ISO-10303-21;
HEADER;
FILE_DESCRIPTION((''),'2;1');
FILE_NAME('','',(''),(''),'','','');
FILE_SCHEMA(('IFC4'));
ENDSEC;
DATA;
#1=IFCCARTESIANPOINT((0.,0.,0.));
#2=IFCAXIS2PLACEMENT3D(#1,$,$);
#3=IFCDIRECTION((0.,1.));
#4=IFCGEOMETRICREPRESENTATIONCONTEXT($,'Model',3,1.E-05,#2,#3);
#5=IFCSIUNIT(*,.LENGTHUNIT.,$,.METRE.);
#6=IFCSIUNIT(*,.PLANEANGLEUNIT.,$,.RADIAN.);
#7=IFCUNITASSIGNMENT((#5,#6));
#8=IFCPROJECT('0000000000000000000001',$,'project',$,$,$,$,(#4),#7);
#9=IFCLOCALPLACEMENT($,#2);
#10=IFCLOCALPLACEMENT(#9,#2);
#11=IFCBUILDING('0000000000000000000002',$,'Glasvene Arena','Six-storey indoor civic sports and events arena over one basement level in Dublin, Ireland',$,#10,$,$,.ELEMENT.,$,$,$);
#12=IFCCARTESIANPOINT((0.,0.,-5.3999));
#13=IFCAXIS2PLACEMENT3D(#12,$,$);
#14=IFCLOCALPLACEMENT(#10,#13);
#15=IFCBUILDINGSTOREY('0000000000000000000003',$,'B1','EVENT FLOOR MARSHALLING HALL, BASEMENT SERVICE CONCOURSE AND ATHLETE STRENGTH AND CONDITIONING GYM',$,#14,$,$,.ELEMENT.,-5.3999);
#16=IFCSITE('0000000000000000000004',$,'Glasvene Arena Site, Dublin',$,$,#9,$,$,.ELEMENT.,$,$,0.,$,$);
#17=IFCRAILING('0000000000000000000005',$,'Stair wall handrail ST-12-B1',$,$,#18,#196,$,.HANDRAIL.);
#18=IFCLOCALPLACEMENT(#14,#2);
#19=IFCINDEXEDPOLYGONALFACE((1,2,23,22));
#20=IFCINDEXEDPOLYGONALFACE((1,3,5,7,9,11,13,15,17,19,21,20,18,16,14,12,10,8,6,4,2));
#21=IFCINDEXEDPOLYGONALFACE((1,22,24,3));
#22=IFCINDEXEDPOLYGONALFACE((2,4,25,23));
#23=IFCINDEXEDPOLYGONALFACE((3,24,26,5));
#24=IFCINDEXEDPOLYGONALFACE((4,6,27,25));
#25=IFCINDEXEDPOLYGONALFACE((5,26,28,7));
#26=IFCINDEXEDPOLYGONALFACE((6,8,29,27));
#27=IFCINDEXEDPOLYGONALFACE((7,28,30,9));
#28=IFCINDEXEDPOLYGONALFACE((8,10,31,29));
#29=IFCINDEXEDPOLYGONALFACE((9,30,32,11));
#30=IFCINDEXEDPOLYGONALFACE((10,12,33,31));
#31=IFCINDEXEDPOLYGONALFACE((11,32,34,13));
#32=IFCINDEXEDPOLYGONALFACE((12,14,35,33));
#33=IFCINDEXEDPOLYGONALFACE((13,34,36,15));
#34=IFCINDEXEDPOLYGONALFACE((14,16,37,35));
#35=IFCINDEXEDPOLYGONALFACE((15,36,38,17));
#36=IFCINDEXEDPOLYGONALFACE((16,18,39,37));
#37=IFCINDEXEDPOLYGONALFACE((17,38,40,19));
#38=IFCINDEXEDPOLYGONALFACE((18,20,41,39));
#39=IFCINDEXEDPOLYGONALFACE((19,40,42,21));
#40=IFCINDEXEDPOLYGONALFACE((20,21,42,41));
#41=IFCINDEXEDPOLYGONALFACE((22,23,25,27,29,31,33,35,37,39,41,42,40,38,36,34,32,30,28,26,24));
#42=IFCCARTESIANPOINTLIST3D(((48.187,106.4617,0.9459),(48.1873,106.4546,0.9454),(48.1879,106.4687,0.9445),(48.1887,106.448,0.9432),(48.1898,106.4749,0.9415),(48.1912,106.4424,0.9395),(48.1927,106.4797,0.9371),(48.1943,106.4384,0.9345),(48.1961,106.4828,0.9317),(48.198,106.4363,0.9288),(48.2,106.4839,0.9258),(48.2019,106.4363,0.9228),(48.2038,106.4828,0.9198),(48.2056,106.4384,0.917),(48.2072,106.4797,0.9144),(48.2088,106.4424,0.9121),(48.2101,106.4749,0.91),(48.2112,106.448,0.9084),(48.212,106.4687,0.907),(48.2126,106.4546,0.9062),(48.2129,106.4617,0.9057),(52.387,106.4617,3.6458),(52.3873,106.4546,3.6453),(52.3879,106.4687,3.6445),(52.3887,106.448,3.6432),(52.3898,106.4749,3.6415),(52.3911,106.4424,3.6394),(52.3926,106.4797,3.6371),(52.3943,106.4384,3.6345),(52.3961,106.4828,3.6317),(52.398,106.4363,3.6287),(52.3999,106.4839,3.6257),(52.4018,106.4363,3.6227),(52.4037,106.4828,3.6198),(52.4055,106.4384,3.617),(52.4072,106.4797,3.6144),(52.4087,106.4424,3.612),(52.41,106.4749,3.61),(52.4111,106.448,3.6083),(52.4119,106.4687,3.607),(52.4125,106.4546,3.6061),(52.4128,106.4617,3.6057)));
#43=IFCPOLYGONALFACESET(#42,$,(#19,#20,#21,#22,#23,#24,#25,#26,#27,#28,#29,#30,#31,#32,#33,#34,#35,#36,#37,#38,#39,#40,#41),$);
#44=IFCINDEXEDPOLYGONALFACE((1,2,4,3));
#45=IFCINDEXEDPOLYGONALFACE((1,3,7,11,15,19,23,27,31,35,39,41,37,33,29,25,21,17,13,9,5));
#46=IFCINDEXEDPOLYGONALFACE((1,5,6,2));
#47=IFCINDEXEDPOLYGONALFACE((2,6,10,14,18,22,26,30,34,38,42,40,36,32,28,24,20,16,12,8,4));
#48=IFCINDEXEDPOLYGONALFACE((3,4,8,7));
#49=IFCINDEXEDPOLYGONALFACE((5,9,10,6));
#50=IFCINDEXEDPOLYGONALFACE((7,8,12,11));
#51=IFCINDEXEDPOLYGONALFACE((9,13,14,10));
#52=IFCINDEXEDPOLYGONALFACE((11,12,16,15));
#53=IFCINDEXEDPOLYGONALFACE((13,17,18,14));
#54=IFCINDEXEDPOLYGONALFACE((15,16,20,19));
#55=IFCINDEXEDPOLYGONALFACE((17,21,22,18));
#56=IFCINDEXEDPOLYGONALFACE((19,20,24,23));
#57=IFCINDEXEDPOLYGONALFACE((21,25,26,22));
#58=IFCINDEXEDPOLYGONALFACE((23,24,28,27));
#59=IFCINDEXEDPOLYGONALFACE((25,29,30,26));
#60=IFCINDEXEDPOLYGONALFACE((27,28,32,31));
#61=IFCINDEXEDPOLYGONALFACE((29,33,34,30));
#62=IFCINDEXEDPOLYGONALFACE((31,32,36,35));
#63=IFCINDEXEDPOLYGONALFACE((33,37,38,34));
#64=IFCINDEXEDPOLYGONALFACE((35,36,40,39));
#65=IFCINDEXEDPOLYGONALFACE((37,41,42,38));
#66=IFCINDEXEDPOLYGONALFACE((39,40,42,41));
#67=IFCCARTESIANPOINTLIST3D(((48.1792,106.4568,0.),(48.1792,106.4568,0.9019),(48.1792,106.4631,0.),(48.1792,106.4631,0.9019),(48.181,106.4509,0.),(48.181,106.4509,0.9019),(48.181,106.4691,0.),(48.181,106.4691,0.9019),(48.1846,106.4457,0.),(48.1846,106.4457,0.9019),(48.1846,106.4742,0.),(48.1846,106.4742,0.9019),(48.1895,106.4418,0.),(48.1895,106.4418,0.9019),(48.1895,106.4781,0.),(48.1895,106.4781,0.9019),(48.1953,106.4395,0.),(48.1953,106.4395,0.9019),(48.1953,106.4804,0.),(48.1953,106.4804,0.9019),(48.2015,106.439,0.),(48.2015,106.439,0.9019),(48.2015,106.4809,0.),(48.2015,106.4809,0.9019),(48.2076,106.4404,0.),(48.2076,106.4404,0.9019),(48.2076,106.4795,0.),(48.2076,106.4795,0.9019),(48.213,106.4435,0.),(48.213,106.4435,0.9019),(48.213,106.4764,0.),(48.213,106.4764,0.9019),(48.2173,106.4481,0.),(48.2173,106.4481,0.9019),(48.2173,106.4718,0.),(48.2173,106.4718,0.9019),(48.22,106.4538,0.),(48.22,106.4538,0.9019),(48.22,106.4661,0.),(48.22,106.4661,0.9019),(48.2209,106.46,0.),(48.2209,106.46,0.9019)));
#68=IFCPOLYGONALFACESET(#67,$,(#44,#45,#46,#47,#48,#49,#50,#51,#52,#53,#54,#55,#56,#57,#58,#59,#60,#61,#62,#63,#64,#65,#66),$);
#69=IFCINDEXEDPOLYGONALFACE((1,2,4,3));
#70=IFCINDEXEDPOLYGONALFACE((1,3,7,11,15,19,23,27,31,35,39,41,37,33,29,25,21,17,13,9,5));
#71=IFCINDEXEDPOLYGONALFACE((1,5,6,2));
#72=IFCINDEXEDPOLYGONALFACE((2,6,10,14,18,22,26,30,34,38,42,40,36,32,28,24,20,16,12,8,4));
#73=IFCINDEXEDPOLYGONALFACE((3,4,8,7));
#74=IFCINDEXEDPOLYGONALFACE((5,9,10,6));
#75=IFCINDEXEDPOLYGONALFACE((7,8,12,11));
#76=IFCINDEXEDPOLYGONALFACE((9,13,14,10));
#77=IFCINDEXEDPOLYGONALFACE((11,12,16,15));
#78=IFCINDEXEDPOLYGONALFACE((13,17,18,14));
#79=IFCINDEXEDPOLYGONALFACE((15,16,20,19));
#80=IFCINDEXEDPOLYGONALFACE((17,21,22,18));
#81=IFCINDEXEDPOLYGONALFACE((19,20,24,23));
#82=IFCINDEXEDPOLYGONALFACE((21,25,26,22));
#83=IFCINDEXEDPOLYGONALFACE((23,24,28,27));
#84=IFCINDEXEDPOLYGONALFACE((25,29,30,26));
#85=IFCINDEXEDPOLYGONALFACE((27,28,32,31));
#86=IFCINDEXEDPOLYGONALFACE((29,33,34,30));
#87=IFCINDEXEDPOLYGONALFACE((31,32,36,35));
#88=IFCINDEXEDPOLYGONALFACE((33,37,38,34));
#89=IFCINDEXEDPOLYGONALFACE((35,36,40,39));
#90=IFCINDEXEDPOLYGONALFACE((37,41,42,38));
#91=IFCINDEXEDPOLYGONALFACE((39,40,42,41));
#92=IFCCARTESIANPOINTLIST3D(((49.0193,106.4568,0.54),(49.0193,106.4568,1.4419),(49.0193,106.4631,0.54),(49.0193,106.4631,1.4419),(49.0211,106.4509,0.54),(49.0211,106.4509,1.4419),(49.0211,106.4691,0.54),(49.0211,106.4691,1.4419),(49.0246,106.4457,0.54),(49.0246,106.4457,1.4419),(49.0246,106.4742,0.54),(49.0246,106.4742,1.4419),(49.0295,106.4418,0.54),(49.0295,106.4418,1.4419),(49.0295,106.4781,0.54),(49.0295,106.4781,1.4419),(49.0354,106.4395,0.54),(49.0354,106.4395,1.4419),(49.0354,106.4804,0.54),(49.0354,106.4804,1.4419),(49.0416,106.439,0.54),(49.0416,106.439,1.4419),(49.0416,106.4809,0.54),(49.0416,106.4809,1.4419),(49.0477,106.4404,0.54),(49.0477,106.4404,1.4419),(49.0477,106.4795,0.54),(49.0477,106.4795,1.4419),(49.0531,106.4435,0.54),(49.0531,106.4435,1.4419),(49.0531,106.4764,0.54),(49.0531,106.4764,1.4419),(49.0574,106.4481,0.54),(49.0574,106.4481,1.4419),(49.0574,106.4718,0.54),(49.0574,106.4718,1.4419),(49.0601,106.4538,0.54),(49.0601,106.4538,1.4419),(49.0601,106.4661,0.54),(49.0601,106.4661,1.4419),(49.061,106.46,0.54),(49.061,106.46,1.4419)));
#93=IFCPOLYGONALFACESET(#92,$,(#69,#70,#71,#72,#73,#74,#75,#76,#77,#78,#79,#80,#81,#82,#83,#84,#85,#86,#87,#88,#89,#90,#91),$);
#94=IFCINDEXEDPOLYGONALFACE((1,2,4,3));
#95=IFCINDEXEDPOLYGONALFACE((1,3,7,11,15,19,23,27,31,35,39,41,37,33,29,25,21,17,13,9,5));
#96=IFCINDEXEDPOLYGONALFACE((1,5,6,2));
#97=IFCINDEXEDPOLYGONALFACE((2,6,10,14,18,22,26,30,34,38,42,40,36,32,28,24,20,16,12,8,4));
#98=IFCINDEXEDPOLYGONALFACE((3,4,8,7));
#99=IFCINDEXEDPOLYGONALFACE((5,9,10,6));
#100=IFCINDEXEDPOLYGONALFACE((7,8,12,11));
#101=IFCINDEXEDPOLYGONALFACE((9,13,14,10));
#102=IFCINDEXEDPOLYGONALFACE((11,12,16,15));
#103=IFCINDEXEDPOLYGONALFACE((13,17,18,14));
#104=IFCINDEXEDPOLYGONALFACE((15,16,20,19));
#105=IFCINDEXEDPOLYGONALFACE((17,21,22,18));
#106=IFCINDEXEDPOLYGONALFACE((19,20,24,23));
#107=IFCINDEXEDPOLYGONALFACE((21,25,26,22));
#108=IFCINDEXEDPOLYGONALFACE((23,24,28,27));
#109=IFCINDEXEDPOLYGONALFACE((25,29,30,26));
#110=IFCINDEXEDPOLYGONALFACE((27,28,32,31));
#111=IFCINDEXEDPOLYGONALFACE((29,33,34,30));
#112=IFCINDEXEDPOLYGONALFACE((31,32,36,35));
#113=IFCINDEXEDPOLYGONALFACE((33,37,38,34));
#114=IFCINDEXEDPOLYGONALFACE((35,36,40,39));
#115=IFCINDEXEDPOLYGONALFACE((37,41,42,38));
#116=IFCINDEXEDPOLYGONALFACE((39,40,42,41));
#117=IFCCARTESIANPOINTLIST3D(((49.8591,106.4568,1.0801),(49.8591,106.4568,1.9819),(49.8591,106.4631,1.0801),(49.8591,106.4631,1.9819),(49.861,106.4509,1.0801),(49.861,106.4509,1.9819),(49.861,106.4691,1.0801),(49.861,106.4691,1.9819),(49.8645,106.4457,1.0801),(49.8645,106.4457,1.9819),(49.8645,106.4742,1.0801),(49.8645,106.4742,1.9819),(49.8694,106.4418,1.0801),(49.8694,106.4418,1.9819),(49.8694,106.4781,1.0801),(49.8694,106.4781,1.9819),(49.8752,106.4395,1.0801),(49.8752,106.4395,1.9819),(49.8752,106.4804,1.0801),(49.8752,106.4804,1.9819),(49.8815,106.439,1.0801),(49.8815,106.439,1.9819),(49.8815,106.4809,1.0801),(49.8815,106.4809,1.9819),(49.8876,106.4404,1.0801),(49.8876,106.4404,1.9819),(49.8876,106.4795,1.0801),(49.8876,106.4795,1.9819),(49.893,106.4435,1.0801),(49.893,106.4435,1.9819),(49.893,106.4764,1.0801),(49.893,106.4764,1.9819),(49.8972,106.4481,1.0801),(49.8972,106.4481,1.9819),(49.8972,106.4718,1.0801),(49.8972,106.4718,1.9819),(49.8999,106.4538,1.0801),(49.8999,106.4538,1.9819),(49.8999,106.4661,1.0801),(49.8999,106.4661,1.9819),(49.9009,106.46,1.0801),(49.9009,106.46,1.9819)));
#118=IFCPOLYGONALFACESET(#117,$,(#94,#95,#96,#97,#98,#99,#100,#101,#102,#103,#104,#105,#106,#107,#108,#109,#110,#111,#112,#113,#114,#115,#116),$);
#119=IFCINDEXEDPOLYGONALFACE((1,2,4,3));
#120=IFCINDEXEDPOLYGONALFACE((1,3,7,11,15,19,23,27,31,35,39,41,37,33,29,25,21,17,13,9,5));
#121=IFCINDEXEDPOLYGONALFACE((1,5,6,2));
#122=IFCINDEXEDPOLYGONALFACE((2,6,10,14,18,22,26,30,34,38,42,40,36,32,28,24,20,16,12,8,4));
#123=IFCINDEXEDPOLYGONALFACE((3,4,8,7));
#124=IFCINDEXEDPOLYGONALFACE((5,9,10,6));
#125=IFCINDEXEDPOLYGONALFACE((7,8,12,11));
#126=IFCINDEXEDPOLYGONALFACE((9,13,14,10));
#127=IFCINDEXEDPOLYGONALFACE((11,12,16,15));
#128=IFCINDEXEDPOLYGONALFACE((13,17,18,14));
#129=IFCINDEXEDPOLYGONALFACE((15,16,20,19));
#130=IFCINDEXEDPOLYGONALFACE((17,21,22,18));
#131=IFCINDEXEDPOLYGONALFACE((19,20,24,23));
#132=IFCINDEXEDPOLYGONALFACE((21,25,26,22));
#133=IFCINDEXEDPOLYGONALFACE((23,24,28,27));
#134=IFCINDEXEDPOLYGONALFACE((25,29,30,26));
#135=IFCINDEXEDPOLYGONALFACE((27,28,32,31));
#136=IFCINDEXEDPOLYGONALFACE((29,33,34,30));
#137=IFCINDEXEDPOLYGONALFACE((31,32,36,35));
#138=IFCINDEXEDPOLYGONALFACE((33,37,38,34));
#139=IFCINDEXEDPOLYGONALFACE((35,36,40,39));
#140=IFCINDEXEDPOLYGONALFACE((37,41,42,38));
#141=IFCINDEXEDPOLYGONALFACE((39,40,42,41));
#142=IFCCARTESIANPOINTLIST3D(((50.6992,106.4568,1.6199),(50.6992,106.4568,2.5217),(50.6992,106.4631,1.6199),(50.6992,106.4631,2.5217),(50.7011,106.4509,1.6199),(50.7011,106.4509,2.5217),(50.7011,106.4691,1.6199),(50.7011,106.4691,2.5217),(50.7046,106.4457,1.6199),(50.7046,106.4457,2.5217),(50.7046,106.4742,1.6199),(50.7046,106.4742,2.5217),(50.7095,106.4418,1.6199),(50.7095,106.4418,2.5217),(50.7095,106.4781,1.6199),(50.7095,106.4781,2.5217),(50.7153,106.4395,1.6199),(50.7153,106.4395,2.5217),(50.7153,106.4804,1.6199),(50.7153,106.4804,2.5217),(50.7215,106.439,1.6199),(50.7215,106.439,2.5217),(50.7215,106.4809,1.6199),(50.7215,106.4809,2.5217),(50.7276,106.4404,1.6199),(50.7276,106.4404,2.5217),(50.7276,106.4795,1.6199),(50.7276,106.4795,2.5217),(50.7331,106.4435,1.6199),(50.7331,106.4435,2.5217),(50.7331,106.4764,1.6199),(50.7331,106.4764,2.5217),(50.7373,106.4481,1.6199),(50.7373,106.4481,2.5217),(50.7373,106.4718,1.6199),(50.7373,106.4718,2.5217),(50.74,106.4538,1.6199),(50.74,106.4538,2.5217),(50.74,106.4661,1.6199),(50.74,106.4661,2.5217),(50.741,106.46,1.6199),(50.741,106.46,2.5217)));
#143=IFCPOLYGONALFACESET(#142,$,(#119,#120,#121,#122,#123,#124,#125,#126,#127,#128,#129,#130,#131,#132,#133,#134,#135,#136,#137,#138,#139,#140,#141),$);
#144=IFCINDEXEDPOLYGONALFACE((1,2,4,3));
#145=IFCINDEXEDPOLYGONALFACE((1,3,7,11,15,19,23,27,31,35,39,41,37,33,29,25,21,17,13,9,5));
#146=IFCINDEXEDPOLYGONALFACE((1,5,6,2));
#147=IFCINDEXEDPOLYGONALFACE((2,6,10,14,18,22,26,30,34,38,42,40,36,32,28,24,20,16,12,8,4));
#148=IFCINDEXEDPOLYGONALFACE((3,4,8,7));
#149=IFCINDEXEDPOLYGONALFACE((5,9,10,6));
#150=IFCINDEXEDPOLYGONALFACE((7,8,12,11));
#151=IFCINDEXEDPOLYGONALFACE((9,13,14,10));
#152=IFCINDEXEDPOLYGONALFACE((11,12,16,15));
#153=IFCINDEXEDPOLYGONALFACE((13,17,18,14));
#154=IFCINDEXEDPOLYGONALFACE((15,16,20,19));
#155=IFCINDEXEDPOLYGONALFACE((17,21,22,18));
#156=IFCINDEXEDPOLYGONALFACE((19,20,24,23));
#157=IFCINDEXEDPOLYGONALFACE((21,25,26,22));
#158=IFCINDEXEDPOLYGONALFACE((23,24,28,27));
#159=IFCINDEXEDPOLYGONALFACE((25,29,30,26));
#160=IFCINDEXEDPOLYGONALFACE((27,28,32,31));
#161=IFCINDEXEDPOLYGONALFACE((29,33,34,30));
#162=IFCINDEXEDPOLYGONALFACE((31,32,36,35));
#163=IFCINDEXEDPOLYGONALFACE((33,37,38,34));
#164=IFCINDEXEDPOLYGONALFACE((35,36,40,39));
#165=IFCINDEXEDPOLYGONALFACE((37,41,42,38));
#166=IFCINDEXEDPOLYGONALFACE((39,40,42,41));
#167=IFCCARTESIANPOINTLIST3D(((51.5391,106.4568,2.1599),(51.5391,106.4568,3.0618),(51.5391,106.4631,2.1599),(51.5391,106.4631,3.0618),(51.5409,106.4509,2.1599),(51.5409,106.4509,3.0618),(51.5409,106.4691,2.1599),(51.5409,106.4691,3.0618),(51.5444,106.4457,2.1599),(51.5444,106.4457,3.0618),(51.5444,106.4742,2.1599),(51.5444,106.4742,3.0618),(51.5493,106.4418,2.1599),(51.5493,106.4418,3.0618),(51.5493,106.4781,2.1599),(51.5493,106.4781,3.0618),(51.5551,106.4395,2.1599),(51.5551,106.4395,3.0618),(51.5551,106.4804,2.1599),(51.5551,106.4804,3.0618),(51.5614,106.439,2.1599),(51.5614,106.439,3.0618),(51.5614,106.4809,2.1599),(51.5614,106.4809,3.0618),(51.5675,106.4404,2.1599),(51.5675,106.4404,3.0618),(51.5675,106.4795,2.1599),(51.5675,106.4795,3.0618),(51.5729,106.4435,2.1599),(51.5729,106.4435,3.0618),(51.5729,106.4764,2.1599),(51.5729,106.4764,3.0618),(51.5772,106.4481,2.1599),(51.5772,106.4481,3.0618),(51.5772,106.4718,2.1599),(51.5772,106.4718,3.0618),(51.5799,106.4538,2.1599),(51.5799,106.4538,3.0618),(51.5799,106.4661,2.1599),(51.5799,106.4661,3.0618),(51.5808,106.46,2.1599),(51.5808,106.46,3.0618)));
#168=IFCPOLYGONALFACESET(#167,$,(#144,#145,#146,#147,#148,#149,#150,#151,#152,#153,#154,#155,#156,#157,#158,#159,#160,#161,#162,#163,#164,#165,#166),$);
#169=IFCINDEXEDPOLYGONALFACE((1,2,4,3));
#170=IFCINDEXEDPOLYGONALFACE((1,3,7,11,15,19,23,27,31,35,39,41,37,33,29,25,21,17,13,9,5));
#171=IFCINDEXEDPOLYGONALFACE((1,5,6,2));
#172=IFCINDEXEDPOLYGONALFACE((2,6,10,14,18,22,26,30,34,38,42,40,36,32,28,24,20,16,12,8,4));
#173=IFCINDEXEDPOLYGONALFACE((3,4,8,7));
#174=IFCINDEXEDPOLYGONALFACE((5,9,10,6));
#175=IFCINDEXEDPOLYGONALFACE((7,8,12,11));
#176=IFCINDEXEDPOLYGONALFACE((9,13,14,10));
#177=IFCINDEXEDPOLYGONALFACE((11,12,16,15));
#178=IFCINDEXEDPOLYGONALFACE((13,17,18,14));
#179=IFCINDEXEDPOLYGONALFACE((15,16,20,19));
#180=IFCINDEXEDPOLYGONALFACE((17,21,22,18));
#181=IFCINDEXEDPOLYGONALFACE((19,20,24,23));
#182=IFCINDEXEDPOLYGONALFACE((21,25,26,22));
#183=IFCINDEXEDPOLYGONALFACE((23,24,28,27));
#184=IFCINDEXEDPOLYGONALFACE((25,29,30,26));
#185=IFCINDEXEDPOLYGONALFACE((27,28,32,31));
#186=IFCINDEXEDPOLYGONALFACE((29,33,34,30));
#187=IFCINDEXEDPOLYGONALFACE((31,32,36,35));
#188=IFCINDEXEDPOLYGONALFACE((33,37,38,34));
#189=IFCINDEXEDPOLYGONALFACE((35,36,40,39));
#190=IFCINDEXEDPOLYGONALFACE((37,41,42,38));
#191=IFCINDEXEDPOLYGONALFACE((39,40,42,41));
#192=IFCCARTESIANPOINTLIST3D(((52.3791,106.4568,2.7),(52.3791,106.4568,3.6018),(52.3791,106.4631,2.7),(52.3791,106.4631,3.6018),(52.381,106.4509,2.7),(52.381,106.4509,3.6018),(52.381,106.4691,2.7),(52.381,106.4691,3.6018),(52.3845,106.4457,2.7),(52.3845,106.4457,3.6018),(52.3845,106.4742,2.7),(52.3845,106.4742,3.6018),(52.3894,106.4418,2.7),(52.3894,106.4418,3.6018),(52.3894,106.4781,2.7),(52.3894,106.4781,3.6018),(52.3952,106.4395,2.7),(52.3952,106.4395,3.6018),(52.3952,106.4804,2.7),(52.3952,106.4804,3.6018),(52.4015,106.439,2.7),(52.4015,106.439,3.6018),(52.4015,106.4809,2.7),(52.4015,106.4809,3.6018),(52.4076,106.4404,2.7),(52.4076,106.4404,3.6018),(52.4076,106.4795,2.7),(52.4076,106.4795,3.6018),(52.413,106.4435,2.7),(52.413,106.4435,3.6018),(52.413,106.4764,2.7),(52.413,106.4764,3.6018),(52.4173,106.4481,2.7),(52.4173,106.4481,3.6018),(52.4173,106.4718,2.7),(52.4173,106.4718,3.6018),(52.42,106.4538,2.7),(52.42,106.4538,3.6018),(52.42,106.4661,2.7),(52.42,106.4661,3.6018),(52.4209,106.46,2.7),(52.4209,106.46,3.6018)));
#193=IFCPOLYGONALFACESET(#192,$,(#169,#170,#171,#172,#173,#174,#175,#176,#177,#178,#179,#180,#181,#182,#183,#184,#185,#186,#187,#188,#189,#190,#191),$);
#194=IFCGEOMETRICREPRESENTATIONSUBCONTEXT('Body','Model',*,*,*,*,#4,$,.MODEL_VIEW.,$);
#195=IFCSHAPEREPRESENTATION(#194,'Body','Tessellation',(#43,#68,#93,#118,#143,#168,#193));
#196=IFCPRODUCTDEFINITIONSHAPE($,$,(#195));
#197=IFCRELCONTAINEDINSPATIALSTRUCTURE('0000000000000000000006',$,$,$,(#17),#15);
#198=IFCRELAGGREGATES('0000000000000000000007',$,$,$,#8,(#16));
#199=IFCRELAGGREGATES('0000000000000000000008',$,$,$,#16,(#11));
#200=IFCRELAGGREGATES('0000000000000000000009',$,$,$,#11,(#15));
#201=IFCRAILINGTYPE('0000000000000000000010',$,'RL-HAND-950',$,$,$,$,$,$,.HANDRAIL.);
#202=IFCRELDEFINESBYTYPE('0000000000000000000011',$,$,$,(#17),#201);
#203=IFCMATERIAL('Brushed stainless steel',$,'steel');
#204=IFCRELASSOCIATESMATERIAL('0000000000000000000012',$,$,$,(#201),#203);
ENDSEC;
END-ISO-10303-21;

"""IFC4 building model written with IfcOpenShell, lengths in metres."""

from ifc_helpers import new_model, si_unit, direction, frame, origin, origin_2d, place, context, subcontext, project, spatial, circle, extrude, material, type_object, element, save


model = new_model("IFC4")

# Units and contexts
model_context = context("Model", 3, precision=1e-05, world=origin(), true_north=direction((0.0, 1.0)))
body_context = subcontext(model_context, "Body", "Model", "MODEL_VIEW")
ifc_project = project(units=[si_unit("LENGTHUNIT", "METRE"), si_unit("PLANEANGLEUNIT", "RADIAN")], contexts=[model_context])

# Site, building, storey
site_placement = place(None, origin())
site = spatial("IfcSite", under=ifc_project, at=site_placement, Name="Glasvene Arena Site, Dublin", CompositionType="ELEMENT", RefElevation=0.0)
building_placement = place(site_placement, origin())
building = spatial("IfcBuilding", under=site, at=building_placement, Name="Glasvene Arena", Description="Six-storey indoor civic sports and events arena over one basement level in Dublin, Ireland", CompositionType="ELEMENT")
storey_placement = place(building_placement, frame((0.0, 0.0, -5.3999)))
storey = spatial("IfcBuildingStorey", under=building, at=storey_placement, Name="B1", Description="EVENT FLOOR MARSHALLING HALL, BASEMENT SERVICE CONCOURSE AND ATHLETE STRENGTH AND CONDITIONING GYM", CompositionType="ELEMENT", Elevation=-5.3999)

# Railing
ifc_material_1 = material(Name="Brushed stainless steel", Category="steel")
railing_type_1 = type_object("IfcRailingType", Name="RL-HAND-950", PredefinedType="HANDRAIL", material=ifc_material_1)
railing_1_placement = place(storey_placement, frame((48.2, 106.46, 0.0)))
element("IfcRailing", 1, at=railing_1_placement, inside=storey, type_object=railing_type_1, Name="Stair wall handrail ST-12-B1", PredefinedType="HANDRAIL", context=body_context, shape_type="SweptSolid", body=[
    extrude(circle(Radius=0.0239, at=origin_2d()), frame((0.0, 0.0, 0.9258), z_axis=(0.84118, 0.0, 0.540755), x_axis=(0.0, 1.0, 0.0)), (0.0, 0.0, 1.0), 4.9929),
    extrude(circle(Radius=0.021, at=origin_2d()), origin(), (0.0, 0.0, 1.0), 0.9019),
    extrude(circle(Radius=0.021, at=origin_2d()), frame((0.8401, 0.0, 0.54)), (0.0, 0.0, 1.0), 0.9019),
    extrude(circle(Radius=0.021, at=origin_2d()), frame((1.6799, 0.0, 1.0801)), (0.0, 0.0, 1.0), 0.9019),
    extrude(circle(Radius=0.021, at=origin_2d()), frame((2.52, 0.0, 1.6199)), (0.0, 0.0, 1.0), 0.9019),
    extrude(circle(Radius=0.021, at=origin_2d()), frame((3.3599, 0.0, 2.1599)), (0.0, 0.0, 1.0), 0.9019),
    extrude(circle(Radius=0.021, at=origin_2d()), frame((4.2, 0.0, 2.7)), (0.0, 0.0, 1.0), 0.9019),
])

save(model, "model.ifc")
